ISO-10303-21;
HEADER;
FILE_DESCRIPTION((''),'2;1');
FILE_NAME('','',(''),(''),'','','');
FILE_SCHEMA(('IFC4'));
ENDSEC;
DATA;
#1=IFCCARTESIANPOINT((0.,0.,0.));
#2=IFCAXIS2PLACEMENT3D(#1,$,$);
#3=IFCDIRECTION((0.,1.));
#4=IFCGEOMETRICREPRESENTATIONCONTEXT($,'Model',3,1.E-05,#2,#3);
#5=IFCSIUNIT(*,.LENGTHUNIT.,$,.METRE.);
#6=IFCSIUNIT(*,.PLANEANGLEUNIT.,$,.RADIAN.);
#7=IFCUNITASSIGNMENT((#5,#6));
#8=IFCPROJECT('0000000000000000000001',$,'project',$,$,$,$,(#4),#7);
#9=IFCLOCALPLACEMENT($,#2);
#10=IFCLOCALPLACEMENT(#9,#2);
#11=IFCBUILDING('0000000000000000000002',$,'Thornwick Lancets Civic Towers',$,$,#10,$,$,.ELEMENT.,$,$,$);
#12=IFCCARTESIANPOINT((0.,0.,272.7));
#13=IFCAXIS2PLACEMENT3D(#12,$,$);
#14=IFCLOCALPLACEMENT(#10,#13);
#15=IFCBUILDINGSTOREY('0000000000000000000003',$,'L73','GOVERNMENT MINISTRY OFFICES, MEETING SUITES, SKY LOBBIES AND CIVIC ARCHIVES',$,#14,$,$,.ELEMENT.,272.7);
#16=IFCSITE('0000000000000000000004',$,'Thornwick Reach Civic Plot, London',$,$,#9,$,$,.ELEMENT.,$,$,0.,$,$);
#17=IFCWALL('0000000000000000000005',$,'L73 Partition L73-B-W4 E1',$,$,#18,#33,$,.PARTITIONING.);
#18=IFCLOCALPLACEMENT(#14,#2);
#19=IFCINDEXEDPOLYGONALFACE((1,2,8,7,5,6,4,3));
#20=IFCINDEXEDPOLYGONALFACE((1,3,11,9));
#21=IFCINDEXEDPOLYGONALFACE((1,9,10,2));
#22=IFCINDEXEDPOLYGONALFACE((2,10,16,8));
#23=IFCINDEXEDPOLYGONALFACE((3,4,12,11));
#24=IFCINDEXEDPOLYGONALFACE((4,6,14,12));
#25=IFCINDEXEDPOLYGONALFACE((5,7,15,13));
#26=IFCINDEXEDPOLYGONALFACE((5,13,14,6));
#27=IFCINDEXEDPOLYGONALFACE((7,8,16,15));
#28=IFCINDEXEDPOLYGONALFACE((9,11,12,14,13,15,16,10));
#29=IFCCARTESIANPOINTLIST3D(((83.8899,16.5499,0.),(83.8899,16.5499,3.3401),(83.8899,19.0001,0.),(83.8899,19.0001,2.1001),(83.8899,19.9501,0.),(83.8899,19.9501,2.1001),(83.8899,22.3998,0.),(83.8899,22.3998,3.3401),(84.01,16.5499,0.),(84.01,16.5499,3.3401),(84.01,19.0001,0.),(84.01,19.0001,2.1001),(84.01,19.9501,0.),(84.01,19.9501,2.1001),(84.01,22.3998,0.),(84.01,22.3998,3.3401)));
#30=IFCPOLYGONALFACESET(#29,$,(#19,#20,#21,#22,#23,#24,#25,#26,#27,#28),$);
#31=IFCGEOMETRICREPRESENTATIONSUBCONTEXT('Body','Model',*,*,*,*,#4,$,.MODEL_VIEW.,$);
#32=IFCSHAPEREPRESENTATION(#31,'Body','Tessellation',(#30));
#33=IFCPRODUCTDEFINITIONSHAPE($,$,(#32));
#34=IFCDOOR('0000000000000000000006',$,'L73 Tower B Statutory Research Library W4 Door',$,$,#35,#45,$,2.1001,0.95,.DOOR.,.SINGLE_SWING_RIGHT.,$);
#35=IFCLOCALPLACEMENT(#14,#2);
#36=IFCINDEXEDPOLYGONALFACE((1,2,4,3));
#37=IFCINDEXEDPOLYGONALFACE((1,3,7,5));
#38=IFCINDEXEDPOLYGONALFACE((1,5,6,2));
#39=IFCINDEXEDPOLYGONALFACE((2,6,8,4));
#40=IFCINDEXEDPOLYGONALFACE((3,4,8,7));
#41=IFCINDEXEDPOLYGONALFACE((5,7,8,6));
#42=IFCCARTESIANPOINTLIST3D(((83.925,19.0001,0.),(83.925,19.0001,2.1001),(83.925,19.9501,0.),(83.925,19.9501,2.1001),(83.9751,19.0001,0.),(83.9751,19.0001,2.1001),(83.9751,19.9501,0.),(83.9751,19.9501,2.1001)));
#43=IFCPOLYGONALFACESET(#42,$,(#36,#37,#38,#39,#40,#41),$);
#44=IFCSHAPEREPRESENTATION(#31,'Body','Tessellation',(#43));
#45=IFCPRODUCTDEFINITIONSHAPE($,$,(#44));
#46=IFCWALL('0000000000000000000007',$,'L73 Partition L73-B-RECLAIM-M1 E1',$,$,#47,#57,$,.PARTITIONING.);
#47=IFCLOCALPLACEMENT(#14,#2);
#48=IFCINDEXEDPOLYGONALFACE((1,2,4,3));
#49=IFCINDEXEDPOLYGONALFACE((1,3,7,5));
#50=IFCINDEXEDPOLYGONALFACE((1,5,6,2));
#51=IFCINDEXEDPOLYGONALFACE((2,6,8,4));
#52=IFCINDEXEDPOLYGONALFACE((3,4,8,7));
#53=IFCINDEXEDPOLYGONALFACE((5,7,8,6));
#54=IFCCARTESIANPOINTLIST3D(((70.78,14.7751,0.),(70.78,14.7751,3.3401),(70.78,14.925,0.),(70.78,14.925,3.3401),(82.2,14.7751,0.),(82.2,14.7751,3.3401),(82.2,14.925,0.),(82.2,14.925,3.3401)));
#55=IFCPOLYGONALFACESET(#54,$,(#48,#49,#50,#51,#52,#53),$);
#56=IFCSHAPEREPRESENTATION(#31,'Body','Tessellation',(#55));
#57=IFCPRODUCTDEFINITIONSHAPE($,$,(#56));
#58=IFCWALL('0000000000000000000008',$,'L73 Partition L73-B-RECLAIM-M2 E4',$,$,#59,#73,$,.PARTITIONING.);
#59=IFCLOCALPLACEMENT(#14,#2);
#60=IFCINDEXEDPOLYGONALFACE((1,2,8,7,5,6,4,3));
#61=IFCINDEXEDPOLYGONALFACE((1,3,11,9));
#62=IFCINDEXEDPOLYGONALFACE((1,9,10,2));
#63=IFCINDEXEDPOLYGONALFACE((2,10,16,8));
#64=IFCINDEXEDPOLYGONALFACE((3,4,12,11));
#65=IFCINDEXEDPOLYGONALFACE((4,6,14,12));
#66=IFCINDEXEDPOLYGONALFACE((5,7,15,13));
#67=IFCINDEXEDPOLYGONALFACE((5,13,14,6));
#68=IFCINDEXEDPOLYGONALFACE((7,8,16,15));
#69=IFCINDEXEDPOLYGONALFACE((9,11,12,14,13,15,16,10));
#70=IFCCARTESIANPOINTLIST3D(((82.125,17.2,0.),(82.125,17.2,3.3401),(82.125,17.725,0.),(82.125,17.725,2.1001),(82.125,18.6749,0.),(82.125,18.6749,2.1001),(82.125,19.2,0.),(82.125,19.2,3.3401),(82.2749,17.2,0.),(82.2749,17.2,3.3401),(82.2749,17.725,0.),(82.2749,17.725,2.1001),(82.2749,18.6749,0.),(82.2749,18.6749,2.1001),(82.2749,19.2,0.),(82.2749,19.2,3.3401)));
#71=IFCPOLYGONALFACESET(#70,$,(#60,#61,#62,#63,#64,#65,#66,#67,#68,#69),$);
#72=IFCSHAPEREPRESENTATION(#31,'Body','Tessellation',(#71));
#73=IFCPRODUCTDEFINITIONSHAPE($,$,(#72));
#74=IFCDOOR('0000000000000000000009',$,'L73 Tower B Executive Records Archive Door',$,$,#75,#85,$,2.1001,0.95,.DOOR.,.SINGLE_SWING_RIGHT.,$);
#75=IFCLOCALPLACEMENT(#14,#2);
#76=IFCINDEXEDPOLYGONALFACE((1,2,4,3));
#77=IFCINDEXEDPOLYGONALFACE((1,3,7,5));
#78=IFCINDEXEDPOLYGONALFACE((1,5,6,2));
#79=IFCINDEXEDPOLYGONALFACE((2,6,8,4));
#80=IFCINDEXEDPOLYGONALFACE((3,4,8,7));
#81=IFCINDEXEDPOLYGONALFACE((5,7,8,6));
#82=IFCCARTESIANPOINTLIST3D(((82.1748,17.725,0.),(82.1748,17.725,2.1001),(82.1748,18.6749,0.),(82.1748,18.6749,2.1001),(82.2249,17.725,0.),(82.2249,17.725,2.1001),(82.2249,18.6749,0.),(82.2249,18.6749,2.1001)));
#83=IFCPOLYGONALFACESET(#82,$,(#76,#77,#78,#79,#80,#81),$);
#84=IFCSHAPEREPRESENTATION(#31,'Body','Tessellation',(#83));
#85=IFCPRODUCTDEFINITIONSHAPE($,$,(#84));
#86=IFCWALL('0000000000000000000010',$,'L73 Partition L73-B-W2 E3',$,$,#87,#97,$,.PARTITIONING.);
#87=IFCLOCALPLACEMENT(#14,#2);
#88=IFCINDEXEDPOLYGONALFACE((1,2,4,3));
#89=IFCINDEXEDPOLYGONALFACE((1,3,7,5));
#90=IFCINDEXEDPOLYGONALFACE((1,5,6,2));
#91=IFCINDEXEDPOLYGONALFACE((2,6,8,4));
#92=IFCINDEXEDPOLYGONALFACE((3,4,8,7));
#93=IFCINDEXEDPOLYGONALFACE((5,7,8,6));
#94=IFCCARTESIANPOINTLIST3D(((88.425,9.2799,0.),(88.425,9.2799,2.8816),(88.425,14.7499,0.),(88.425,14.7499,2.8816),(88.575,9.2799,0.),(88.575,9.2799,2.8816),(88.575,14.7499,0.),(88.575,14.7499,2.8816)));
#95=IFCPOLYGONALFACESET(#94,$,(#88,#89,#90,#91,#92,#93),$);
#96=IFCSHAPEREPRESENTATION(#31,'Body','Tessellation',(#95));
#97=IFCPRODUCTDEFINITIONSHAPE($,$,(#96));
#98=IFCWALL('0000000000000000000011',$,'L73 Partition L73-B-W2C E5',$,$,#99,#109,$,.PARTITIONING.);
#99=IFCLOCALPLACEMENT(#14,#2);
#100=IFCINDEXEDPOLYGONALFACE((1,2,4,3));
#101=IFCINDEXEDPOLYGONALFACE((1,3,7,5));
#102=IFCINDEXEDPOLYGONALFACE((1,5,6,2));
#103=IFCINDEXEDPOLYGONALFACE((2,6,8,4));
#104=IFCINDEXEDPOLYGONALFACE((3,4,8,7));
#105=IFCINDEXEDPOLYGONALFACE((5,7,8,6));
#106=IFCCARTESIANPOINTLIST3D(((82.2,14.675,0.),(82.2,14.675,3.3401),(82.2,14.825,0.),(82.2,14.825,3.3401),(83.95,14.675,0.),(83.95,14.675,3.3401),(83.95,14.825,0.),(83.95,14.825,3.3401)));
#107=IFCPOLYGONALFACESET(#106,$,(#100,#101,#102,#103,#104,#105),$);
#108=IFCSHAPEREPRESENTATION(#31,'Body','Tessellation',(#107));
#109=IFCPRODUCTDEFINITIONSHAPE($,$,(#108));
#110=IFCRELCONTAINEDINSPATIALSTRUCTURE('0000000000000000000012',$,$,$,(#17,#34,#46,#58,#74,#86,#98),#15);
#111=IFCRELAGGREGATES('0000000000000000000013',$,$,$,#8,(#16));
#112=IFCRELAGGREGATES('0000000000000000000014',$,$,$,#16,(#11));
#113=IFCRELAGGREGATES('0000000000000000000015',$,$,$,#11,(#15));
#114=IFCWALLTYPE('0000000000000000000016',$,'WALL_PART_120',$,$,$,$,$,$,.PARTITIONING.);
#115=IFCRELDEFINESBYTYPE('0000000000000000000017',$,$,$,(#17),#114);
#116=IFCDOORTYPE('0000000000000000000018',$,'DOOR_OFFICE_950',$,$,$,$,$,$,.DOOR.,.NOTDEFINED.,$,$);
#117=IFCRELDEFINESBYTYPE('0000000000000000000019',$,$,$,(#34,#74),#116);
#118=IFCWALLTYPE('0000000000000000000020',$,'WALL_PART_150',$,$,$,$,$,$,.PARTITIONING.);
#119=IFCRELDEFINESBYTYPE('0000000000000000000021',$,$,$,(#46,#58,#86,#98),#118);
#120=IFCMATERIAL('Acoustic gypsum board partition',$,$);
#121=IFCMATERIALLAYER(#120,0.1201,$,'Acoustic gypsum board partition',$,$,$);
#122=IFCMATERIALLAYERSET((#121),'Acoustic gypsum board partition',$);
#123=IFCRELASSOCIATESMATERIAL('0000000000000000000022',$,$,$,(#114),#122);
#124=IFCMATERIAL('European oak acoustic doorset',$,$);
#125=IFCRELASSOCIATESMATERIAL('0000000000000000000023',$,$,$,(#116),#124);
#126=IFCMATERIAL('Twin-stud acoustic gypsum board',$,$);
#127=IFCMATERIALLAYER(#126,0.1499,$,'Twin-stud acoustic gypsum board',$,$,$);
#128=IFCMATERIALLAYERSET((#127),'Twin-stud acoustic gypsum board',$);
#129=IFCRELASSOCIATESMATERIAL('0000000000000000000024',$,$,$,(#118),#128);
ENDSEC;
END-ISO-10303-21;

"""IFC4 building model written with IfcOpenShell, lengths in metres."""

from ifc_helpers import new_model, si_unit, direction, frame, frame_2d, origin, place, context, subcontext, project, spatial, rectangle, extrude, material, layer, layer_set, type_object, element, fill, save


model = new_model("IFC4")

# Units and contexts
model_context = context("Model", 3, precision=1e-05, world=origin(), true_north=direction((0.0, 1.0)))
body_context = subcontext(model_context, "Body", "Model", "MODEL_VIEW")
ifc_project = project(units=[si_unit("LENGTHUNIT", "METRE"), si_unit("PLANEANGLEUNIT", "RADIAN")], contexts=[model_context])

# Site, building, storey
site_placement = place(None, origin())
site = spatial("IfcSite", under=ifc_project, at=site_placement, Name="Thornwick Reach Civic Plot, London", CompositionType="ELEMENT", RefElevation=0.0)
building_placement = place(site_placement, origin())
building = spatial("IfcBuilding", under=site, at=building_placement, Name="Thornwick Lancets Civic Towers", CompositionType="ELEMENT")
storey_placement = place(building_placement, frame((0.0, 0.0, 272.7)))
storey = spatial("IfcBuildingStorey", under=building, at=storey_placement, Name="L73", Description="GOVERNMENT MINISTRY OFFICES, MEETING SUITES, SKY LOBBIES AND CIVIC ARCHIVES", CompositionType="ELEMENT", Elevation=272.7)

# Shared definitions
ifc_material_1 = material(Name="Acoustic gypsum board partition")
ifc_layer_1 = layer(ifc_material_1, 0.1201, Name="Acoustic gypsum board partition")
ifc_layer_set_1 = layer_set([ifc_layer_1], Name="Acoustic gypsum board partition")
wall_type_1 = type_object("IfcWallType", Name="WALL_PART_120", PredefinedType="PARTITIONING", material=ifc_layer_set_1)

# Wall, opening, door
ifc_material_2 = material(Name="European oak acoustic doorset")
door_type_1 = type_object("IfcDoorType", Name="DOOR_OFFICE_950", OperationType="NOTDEFINED", PredefinedType="DOOR", material=ifc_material_2)
wall_1_placement = place(storey_placement, frame((83.95, 16.55, 0.0), z_axis=(0.0, 0.0, 1.0), x_axis=(0.0, 1.0, 0.0)))
wall_1 = element("IfcWall", 1, at=wall_1_placement, inside=storey, type_object=wall_type_1, Name="L73 Partition L73-B-W4 E1", PredefinedType="PARTITIONING", context=body_context, shape_type="SweptSolid", body=[
    extrude(rectangle(XDim=5.8499, YDim=0.1201, at=frame_2d((2.9248, 0.0))), origin(), (0.0, 0.0, 1.0), 3.3401),
])
opening_1_placement = place(wall_1_placement, frame((2.45, 0.0, 0.0)))
opening_1 = element("IfcOpeningElement", 2, at=opening_1_placement, cuts=wall_1, PredefinedType="OPENING", context=body_context, shape_type="SweptSolid", body=[
    extrude(rectangle(XDim=0.95, YDim=2.1001, at=frame_2d((0.4751, 1.05))), frame((0.0, 0.0701, 0.0), z_axis=(0.0, -1.0, 0.0), x_axis=(1.0, 0.0, 0.0)), (0.0, 0.0, 1.0), 0.1401),
])
door_1_placement = place(opening_1_placement, origin())
door_1 = element("IfcDoor", 3, at=door_1_placement, inside=storey, type_object=door_type_1, Name="L73 Tower B Statutory Research Library W4 Door", OperationType="SINGLE_SWING_RIGHT", OverallHeight=2.1001, OverallWidth=0.95, PredefinedType="DOOR", context=body_context, shape_type="SweptSolid", body=[
    extrude(rectangle(XDim=0.95, YDim=2.1001, at=frame_2d((0.4751, 1.05))), frame((0.0, 0.0249, 0.0), z_axis=(0.0, -1.0, 0.0), x_axis=(1.0, 0.0, 0.0)), (0.0, 0.0, 1.0), 0.05),
])
fill(opening_1, door_1)

# Wall
ifc_material_3 = material(Name="Twin-stud acoustic gypsum board")
ifc_layer_2 = layer(ifc_material_3, 0.1499, Name="Twin-stud acoustic gypsum board")
ifc_layer_set_2 = layer_set([ifc_layer_2], Name="Twin-stud acoustic gypsum board")
wall_type_2 = type_object("IfcWallType", Name="WALL_PART_150", PredefinedType="PARTITIONING", material=ifc_layer_set_2)
wall_2_placement = place(storey_placement, frame((82.2, 14.8501, 0.0), z_axis=(0.0, 0.0, 1.0), x_axis=(-1.0, 0.0, 0.0)))
element("IfcWall", 4, at=wall_2_placement, inside=storey, type_object=wall_type_2, Name="L73 Partition L73-B-RECLAIM-M1 E1", PredefinedType="PARTITIONING", context=body_context, shape_type="SweptSolid", body=[
    extrude(rectangle(XDim=11.4199, YDim=0.1499, at=frame_2d((5.71, 0.0))), origin(), (0.0, 0.0, 1.0), 3.3401),
])

# Wall, opening, door
wall_3_placement = place(storey_placement, frame((82.2, 19.2, 0.0), z_axis=(0.0, 0.0, 1.0), x_axis=(0.0, -1.0, 0.0)))
wall_3 = element("IfcWall", 5, at=wall_3_placement, inside=storey, type_object=wall_type_2, Name="L73 Partition L73-B-RECLAIM-M2 E4", PredefinedType="PARTITIONING", context=body_context, shape_type="SweptSolid", body=[
    extrude(rectangle(XDim=2.0, YDim=0.1499, at=frame_2d((1.0, 0.0))), origin(), (0.0, 0.0, 1.0), 3.3401),
])
opening_2_placement = place(wall_3_placement, frame((0.5249, 0.0, 0.0)))
opening_2 = element("IfcOpeningElement", 6, at=opening_2_placement, cuts=wall_3, PredefinedType="OPENING", context=body_context, shape_type="SweptSolid", body=[
    extrude(rectangle(XDim=0.95, YDim=2.1001, at=frame_2d((0.4751, 1.05))), frame((0.0, 0.085, 0.0), z_axis=(0.0, -1.0, 0.0), x_axis=(1.0, 0.0, 0.0)), (0.0, 0.0, 1.0), 0.1699),
])
door_2_placement = place(opening_2_placement, origin())
door_2 = element("IfcDoor", 7, at=door_2_placement, inside=storey, type_object=door_type_1, Name="L73 Tower B Executive Records Archive Door", OperationType="SINGLE_SWING_RIGHT", OverallHeight=2.1001, OverallWidth=0.95, PredefinedType="DOOR", context=body_context, shape_type="SweptSolid", body=[
    extrude(rectangle(XDim=0.95, YDim=2.1001, at=frame_2d((0.4751, 1.05))), frame((0.0, 0.0249, 0.0), z_axis=(0.0, -1.0, 0.0), x_axis=(1.0, 0.0, 0.0)), (0.0, 0.0, 1.0), 0.05),
])
fill(opening_2, door_2)

# Walls
wall_4_placement = place(storey_placement, frame((88.5, 9.28, 0.0), z_axis=(0.0, 0.0, 1.0), x_axis=(0.0, 1.0, 0.0)))
element("IfcWall", 8, at=wall_4_placement, inside=storey, type_object=wall_type_2, Name="L73 Partition L73-B-W2 E3", PredefinedType="PARTITIONING", context=body_context, shape_type="SweptSolid", body=[
    extrude(rectangle(XDim=5.47, YDim=0.1499, at=frame_2d((2.7349, 0.0))), origin(), (0.0, 0.0, 1.0), 2.8816),
])
wall_5_placement = place(storey_placement, frame((82.2, 14.75, 0.0), z_axis=(0.0, 0.0, 1.0), x_axis=(1.0, 0.0, 0.0)))
element("IfcWall", 9, at=wall_5_placement, inside=storey, type_object=wall_type_2, Name="L73 Partition L73-B-W2C E5", PredefinedType="PARTITIONING", context=body_context, shape_type="SweptSolid", body=[
    extrude(rectangle(XDim=1.75, YDim=0.1499, at=frame_2d((0.875, 0.0))), origin(), (0.0, 0.0, 1.0), 3.3401),
])

save(model, "model.ifc")
